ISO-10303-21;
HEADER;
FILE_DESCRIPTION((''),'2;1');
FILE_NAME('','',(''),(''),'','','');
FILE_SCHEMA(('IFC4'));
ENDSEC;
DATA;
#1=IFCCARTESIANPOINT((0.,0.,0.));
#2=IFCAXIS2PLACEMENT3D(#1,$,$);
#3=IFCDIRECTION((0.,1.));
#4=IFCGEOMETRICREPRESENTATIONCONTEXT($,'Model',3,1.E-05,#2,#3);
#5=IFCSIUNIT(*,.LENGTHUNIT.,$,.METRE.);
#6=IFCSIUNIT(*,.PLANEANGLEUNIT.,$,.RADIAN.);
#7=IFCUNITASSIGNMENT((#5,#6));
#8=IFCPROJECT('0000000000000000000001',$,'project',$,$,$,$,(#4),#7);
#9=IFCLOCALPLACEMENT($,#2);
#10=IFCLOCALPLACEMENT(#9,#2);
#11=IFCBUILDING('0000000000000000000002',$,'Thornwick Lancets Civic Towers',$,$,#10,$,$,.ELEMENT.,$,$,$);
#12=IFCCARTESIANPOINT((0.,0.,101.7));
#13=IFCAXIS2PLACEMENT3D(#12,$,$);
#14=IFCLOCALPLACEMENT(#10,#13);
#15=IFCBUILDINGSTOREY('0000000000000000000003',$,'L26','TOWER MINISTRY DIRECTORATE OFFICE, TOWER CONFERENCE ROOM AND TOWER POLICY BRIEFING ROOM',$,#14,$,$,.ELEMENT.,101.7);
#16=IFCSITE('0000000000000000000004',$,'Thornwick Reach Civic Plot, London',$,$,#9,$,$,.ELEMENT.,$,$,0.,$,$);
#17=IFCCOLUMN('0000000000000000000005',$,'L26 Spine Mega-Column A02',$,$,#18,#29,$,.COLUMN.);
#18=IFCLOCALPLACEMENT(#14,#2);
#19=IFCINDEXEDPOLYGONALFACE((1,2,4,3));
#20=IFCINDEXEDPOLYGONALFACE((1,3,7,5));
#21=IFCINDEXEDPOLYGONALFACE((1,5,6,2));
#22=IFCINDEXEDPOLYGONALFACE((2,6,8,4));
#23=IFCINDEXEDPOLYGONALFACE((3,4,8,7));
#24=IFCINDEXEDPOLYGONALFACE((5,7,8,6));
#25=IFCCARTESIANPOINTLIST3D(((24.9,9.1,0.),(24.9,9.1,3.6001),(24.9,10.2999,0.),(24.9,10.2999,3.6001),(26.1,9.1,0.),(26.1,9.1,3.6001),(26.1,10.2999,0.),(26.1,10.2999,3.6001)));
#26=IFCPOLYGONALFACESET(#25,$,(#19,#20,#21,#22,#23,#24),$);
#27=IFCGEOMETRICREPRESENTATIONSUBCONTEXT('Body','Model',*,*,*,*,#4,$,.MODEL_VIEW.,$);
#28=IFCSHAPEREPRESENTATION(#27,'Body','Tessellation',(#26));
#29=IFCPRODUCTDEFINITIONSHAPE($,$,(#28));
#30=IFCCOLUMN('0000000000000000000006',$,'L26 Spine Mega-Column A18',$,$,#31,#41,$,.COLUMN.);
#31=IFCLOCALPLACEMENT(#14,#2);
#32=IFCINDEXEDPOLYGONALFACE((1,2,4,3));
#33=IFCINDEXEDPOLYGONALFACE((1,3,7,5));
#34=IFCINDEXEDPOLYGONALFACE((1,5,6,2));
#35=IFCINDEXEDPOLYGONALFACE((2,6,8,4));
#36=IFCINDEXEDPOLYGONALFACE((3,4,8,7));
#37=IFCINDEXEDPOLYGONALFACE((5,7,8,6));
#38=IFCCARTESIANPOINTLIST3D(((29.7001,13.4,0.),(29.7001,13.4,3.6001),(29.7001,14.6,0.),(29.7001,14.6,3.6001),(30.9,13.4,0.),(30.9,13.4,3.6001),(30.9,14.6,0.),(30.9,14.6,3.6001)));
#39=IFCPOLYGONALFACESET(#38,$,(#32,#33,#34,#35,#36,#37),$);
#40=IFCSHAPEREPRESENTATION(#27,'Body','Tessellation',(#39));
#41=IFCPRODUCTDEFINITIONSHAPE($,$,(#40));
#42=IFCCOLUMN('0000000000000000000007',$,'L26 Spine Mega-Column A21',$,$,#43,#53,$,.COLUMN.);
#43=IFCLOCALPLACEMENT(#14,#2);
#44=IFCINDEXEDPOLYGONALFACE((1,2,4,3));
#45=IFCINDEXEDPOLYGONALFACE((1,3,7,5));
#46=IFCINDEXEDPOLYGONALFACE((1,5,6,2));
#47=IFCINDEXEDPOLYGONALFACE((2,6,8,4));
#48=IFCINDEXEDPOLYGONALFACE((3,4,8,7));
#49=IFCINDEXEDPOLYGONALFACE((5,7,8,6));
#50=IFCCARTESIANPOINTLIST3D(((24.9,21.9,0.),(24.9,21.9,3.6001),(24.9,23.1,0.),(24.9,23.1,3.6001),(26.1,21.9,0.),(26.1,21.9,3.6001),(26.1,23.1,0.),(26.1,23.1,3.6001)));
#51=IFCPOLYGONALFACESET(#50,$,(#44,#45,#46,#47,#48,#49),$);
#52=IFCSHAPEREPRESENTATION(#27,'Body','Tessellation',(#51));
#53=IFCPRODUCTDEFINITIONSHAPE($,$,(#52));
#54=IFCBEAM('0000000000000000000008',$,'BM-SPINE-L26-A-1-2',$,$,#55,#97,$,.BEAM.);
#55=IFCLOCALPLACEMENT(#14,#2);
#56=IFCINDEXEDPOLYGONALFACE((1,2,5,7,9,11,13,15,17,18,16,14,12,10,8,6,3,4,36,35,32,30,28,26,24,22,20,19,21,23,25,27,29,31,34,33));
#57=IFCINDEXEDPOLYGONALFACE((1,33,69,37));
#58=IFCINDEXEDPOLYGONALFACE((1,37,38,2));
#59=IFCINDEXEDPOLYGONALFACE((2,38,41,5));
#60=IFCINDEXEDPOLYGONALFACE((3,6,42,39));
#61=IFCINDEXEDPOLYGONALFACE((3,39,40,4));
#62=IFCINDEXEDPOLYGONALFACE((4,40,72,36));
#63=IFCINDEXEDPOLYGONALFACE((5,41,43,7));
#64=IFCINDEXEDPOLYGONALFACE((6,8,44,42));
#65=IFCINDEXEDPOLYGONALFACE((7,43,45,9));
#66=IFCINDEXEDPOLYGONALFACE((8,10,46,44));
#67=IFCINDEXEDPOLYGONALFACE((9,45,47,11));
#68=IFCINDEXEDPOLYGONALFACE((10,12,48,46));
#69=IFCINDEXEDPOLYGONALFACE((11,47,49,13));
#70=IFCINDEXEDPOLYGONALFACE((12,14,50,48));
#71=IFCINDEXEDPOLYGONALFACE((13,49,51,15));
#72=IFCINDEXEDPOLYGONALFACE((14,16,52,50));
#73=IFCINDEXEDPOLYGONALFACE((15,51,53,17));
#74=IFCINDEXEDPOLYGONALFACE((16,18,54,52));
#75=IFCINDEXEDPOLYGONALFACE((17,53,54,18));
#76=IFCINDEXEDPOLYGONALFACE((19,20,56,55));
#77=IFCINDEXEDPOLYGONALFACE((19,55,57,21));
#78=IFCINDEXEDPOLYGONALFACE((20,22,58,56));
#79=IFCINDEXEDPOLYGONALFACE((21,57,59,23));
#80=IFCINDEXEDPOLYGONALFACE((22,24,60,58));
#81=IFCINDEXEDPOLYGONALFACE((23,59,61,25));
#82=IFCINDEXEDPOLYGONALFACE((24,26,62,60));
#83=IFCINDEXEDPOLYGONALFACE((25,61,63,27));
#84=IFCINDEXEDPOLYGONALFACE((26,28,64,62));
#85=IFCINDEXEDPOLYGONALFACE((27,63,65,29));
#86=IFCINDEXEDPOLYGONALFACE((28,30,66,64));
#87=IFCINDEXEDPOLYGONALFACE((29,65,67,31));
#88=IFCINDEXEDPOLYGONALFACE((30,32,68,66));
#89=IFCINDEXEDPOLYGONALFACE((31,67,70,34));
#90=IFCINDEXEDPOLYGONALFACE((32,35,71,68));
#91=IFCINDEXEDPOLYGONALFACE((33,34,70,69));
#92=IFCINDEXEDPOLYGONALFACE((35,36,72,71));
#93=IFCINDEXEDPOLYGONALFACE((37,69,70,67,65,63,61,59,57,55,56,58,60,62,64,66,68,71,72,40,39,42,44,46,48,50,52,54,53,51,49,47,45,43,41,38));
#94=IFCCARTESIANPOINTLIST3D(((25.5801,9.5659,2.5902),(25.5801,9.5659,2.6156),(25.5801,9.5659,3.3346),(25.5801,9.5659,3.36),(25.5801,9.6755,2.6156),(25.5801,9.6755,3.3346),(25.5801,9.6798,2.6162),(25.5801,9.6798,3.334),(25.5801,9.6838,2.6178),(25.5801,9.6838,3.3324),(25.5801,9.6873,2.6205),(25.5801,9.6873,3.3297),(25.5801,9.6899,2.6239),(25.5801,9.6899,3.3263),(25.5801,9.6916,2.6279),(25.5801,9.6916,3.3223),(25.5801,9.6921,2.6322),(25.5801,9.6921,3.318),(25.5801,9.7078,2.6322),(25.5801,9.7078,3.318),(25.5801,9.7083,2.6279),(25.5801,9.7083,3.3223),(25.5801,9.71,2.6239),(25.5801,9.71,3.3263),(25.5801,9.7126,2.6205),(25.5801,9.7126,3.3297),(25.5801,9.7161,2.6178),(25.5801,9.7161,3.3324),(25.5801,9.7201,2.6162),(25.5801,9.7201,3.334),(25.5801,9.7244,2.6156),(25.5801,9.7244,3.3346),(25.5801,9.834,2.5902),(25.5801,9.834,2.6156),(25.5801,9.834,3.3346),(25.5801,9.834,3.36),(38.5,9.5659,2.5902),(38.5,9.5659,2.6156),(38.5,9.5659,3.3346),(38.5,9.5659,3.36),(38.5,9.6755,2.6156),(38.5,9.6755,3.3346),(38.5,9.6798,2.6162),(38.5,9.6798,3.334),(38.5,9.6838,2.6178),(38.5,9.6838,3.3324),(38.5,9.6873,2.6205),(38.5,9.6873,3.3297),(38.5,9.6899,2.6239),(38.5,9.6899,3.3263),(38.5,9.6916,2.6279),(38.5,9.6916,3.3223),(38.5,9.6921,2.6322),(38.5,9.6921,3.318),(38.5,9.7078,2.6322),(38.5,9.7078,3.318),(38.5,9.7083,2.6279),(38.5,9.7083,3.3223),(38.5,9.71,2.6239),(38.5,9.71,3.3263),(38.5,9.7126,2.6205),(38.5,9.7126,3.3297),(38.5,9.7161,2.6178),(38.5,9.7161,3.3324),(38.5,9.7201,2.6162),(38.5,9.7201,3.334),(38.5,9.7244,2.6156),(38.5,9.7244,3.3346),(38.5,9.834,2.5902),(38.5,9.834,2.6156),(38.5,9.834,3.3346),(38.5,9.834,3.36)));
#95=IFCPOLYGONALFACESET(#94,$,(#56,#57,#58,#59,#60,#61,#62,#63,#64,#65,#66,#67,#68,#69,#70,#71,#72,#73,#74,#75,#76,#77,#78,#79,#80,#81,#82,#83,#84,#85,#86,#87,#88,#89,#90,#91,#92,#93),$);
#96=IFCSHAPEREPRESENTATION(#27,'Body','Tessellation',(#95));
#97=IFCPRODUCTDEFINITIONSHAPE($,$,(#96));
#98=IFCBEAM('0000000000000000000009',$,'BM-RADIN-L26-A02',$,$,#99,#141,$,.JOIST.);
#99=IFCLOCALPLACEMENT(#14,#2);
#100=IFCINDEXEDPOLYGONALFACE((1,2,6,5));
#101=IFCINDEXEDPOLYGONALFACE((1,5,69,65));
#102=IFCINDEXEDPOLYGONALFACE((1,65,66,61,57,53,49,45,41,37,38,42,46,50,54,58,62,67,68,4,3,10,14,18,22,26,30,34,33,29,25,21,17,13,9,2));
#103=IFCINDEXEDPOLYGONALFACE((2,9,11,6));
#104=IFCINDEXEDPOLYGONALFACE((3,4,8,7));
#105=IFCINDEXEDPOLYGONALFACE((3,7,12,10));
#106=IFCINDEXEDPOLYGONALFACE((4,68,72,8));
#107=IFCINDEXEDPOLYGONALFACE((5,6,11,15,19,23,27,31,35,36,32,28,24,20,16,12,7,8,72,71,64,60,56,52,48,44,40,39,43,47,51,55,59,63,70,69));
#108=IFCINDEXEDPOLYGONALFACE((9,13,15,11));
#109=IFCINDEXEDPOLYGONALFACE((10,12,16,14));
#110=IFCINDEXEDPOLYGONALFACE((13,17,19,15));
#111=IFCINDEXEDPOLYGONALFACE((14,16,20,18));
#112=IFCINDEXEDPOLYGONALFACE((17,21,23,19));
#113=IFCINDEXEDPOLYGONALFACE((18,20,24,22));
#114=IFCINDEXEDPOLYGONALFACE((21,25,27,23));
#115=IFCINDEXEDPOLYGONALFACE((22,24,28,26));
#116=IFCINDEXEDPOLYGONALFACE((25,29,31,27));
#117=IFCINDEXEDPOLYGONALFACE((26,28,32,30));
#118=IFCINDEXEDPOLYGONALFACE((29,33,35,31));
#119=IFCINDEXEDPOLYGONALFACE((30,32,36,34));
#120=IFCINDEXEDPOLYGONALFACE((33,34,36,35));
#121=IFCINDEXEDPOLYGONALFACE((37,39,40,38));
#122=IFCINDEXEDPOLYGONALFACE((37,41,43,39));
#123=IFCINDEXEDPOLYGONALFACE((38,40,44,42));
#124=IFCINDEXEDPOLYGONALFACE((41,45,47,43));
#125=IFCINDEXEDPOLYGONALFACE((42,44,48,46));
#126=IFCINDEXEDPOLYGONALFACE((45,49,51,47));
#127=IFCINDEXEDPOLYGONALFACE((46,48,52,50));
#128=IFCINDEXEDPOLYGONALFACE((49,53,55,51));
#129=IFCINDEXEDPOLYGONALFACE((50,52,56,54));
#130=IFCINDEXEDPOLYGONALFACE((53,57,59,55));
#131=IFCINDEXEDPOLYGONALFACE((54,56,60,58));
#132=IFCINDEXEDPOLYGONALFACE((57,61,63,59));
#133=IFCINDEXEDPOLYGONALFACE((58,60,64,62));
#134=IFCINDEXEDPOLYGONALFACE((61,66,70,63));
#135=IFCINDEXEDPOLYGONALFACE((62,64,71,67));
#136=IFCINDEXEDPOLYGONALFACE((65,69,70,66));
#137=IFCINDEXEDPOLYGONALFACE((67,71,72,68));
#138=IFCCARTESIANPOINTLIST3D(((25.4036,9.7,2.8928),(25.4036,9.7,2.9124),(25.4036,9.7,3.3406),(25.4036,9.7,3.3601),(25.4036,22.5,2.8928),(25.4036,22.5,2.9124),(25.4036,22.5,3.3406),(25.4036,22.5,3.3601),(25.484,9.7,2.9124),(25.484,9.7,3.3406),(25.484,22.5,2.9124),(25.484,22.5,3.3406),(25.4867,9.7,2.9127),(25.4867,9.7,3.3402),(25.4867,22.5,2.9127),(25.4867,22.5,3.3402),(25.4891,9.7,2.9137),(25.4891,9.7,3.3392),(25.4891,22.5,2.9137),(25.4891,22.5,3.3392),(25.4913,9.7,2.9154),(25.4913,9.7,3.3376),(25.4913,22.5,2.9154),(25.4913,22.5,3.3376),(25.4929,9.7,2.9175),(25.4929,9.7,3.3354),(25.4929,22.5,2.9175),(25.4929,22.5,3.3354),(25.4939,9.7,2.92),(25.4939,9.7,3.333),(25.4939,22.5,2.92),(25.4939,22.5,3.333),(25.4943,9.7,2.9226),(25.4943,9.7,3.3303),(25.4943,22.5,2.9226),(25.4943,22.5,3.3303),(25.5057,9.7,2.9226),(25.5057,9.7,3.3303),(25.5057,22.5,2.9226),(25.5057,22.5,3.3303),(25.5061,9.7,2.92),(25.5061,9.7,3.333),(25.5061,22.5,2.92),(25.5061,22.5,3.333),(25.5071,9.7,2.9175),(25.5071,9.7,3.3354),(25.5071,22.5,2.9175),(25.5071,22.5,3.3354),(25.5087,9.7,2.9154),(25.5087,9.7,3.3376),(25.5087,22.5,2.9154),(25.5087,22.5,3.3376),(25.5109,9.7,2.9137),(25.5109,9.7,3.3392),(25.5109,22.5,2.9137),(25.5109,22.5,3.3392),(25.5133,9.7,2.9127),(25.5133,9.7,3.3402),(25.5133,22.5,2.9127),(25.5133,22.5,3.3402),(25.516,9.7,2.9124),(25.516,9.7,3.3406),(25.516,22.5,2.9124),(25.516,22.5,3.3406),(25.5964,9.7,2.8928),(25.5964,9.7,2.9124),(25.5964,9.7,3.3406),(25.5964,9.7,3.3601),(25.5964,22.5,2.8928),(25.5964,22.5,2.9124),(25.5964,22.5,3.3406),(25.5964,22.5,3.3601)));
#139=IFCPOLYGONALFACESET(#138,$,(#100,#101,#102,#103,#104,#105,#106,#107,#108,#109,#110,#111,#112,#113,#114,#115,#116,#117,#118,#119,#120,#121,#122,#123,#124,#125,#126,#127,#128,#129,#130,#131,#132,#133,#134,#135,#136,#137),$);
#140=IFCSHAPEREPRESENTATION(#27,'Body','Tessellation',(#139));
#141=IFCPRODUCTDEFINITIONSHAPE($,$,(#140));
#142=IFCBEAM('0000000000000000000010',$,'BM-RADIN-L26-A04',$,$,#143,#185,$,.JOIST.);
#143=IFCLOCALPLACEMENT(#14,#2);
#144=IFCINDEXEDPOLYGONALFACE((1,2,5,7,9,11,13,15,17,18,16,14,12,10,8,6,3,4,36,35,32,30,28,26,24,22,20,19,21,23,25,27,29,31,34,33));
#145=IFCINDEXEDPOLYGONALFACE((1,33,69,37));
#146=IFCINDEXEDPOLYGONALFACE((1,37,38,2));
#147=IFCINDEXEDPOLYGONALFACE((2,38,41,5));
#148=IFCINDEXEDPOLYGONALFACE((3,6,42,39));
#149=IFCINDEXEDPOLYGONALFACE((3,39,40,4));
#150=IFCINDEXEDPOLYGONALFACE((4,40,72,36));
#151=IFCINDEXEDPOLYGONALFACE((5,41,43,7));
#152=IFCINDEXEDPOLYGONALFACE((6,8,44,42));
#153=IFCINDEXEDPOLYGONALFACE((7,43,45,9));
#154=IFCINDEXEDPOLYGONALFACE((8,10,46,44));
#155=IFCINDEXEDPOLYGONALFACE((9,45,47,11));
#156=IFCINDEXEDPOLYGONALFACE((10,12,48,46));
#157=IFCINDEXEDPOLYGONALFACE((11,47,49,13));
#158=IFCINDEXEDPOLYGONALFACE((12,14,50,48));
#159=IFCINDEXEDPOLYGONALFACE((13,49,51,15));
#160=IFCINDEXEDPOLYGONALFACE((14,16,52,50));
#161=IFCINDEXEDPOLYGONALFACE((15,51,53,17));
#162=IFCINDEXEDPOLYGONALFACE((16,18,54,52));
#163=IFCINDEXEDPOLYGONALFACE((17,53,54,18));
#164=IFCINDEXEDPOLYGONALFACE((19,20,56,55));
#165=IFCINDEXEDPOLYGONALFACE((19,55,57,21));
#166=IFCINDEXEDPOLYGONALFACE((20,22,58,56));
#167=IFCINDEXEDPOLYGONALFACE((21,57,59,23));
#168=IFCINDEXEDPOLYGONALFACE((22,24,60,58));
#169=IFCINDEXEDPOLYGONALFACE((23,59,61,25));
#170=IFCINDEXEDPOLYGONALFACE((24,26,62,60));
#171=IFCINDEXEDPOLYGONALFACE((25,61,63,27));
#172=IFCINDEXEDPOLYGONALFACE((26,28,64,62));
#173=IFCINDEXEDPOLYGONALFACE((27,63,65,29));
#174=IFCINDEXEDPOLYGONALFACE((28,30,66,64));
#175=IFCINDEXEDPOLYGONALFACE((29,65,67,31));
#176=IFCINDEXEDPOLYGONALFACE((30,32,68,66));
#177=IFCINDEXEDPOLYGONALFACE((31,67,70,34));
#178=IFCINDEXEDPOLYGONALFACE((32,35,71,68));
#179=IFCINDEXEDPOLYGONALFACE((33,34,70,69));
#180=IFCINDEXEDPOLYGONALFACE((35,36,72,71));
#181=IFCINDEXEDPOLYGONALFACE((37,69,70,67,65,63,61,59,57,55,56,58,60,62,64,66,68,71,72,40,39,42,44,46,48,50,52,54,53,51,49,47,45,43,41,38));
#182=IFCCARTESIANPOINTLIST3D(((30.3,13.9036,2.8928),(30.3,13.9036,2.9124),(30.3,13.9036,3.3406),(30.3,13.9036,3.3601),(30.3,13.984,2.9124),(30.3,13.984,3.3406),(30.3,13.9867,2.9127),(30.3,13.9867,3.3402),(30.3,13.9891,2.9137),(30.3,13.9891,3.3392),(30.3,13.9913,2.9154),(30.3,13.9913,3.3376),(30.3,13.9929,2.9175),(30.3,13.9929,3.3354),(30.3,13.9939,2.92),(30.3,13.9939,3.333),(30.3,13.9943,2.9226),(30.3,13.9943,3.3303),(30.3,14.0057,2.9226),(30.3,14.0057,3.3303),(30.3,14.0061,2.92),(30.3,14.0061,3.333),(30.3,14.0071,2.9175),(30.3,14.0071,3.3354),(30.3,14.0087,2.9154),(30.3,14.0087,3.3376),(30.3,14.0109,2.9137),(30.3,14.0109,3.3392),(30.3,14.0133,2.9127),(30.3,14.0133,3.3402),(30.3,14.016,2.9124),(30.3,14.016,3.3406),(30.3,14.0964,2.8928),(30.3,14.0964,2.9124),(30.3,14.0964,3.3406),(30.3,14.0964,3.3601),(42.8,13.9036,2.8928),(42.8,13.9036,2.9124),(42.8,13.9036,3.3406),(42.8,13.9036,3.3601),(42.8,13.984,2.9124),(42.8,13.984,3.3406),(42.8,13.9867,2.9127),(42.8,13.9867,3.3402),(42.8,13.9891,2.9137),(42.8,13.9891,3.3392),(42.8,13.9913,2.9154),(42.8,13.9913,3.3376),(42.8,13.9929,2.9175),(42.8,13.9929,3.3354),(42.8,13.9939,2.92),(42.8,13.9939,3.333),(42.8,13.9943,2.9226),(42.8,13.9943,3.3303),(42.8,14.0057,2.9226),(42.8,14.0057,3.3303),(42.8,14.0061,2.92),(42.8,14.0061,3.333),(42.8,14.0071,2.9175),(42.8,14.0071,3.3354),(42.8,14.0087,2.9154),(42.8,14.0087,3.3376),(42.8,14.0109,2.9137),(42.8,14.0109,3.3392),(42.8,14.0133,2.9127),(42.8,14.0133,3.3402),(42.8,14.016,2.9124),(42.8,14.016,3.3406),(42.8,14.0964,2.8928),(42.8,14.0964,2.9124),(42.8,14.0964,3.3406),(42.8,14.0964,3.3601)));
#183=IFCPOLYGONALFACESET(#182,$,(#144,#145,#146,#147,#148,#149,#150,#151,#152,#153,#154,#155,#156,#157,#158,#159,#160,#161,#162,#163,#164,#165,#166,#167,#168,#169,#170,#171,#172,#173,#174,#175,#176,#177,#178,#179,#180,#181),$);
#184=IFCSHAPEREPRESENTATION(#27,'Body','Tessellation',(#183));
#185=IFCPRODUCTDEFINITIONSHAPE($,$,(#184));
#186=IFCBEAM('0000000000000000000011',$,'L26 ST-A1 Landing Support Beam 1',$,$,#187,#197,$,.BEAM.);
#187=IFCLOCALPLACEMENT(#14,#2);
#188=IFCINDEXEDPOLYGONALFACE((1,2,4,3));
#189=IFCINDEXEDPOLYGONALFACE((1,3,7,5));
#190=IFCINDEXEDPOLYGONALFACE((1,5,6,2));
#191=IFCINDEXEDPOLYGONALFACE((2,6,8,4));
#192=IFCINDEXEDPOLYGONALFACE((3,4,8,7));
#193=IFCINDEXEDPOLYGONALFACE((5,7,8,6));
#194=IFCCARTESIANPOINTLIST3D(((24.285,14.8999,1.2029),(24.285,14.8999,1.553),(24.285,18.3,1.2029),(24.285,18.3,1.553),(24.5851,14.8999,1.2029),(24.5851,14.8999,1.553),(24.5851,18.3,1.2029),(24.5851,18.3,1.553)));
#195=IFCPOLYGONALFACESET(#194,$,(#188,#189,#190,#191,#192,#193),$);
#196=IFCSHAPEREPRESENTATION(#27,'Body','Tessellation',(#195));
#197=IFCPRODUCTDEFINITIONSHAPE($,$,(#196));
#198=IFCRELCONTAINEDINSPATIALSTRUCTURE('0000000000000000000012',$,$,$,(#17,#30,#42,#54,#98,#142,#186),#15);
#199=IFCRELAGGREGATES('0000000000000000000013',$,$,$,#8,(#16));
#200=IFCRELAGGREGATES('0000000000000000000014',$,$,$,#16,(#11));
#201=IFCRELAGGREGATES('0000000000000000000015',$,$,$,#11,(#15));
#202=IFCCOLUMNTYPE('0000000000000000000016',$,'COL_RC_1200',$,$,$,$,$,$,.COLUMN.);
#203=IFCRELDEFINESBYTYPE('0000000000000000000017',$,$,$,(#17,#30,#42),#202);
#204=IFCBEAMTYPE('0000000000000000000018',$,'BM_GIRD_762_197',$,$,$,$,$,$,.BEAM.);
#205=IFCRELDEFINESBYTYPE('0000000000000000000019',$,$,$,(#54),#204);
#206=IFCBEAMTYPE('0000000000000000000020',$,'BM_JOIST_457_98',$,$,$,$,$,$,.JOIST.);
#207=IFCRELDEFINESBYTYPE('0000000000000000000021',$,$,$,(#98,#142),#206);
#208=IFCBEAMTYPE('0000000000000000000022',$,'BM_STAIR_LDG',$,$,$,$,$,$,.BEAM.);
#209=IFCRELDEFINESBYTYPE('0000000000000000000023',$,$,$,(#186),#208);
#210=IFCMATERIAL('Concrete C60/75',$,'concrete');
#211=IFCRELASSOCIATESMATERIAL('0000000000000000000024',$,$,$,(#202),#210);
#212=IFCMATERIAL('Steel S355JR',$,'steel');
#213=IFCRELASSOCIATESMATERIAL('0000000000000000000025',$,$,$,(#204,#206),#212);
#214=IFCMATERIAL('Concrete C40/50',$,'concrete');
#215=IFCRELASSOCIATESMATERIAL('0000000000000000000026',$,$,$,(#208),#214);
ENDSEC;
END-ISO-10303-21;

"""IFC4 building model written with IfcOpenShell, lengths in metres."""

from ifc_helpers import new_model, si_unit, direction, frame, origin, origin_2d, place, context, subcontext, project, spatial, rectangle, i_section, extrude, material, material_profile, profile_set, type_object, element, save


model = new_model("IFC4")

# Units and contexts
model_context = context("Model", 3, precision=1e-05, world=origin(), true_north=direction((0.0, 1.0)))
body_context = subcontext(model_context, "Body", "Model", "MODEL_VIEW")
ifc_project = project(units=[si_unit("LENGTHUNIT", "METRE"), si_unit("PLANEANGLEUNIT", "RADIAN")], contexts=[model_context])

# Site, building, storey
site_placement = place(None, origin())
site = spatial("IfcSite", under=ifc_project, at=site_placement, Name="Thornwick Reach Civic Plot, London", CompositionType="ELEMENT", RefElevation=0.0)
building_placement = place(site_placement, origin())
building = spatial("IfcBuilding", under=site, at=building_placement, Name="Thornwick Lancets Civic Towers", CompositionType="ELEMENT")
storey_placement = place(building_placement, frame((0.0, 0.0, 101.7)))
storey = spatial("IfcBuildingStorey", under=building, at=storey_placement, Name="L26", Description="TOWER MINISTRY DIRECTORATE OFFICE, TOWER CONFERENCE ROOM AND TOWER POLICY BRIEFING ROOM", CompositionType="ELEMENT", Elevation=101.7)

# Columns
ifc_material_1 = material(Name="Concrete C60/75", Category="concrete")
ifc_material_profile_1 = material_profile(ifc_material_1, rectangle(XDim=1.2, YDim=1.2, at=origin_2d()), Name="RC 1200x1200")
ifc_profile_set_1 = profile_set([ifc_material_profile_1], Name="Concrete C60/75")
column_type = type_object("IfcColumnType", Name="COL_RC_1200", PredefinedType="COLUMN", material=ifc_profile_set_1)
for number, where, z_axis, x_axis, name in (
    (1, (25.5, 9.7, 0.0), (0.0, 0.0, 1.0), (1.0, 0.0, 0.0), "L26 Spine Mega-Column A02"),
    (2, (30.3, 14.0, 0.0), (0.0, 0.0, 1.0), (1.0, 0.0, 0.0), "L26 Spine Mega-Column A18"),
    (3, (25.5, 22.5, 0.0), (0.0, 0.0, 1.0), (1.0, 0.0, 0.0), "L26 Spine Mega-Column A21"),
):
    element("IfcColumn", number, at=place(storey_placement, frame(where, z_axis=z_axis, x_axis=x_axis)), inside=storey, type_object=column_type, Name=name, PredefinedType="COLUMN", context=body_context, shape_type="SweptSolid", body=[
        extrude(rectangle(XDim=1.2, YDim=1.2, at=origin_2d()), origin(), (0.0, 0.0, 1.0), 3.6001),
    ])

# Beams
ifc_material_2 = material(Name="Steel S355JR", Category="steel")
ifc_material_profile_2 = material_profile(ifc_material_2, i_section(OverallWidth=0.2681, OverallDepth=0.7698, WebThickness=0.0156, FlangeThickness=0.0254, FilletRadius=0.0166, at=origin_2d()), Name="UKB 762x267x197")
ifc_profile_set_2 = profile_set([ifc_material_profile_2], Name="Steel S355JR")
beam_type_1 = type_object("IfcBeamType", Name="BM_GIRD_762_197", PredefinedType="BEAM", material=ifc_profile_set_2)
beam_1_placement = place(storey_placement, frame((25.5801, 9.7, 2.9751), z_axis=(1.0, 0.0, 0.0), x_axis=(0.0, 1.0, 0.0)))
element("IfcBeam", 4, at=beam_1_placement, inside=storey, type_object=beam_type_1, Name="BM-SPINE-L26-A-1-2", PredefinedType="BEAM", context=body_context, shape_type="SweptSolid", body=[
    extrude(i_section(OverallWidth=0.2681, OverallDepth=0.7698, WebThickness=0.0156, FlangeThickness=0.0254, FilletRadius=0.0166, at=origin_2d()), origin(), (0.0, 0.0, 1.0), 12.9199),
])
ifc_material_profile_3 = material_profile(ifc_material_2, i_section(OverallWidth=0.1929, OverallDepth=0.4673, WebThickness=0.0115, FlangeThickness=0.0195, FilletRadius=0.0103, at=origin_2d()), Name="UKB 457x191x98")
ifc_profile_set_3 = profile_set([ifc_material_profile_3], Name="Steel S355JR")
beam_type_2 = type_object("IfcBeamType", Name="BM_JOIST_457_98", PredefinedType="JOIST", material=ifc_profile_set_3)
beam_2_placement = place(storey_placement, frame((25.5, 22.5, 3.1265), z_axis=(0.0, -1.0, 0.0), x_axis=(1.0, 0.0, 0.0)))
element("IfcBeam", 5, at=beam_2_placement, inside=storey, type_object=beam_type_2, Name="BM-RADIN-L26-A02", PredefinedType="JOIST", context=body_context, shape_type="SweptSolid", body=[
    extrude(i_section(OverallWidth=0.1929, OverallDepth=0.4673, WebThickness=0.0115, FlangeThickness=0.0195, FilletRadius=0.0103, at=origin_2d()), origin(), (0.0, 0.0, 1.0), 12.8),
])
beam_3_placement = place(storey_placement, frame((30.3, 14.0, 3.1265), z_axis=(1.0, 0.0, 0.0), x_axis=(0.0, 1.0, 0.0)))
element("IfcBeam", 6, at=beam_3_placement, inside=storey, type_object=beam_type_2, Name="BM-RADIN-L26-A04", PredefinedType="JOIST", context=body_context, shape_type="SweptSolid", body=[
    extrude(i_section(OverallWidth=0.1929, OverallDepth=0.4673, WebThickness=0.0115, FlangeThickness=0.0195, FilletRadius=0.0103, at=origin_2d()), origin(), (0.0, 0.0, 1.0), 12.5),
])
ifc_material_3 = material(Name="Concrete C40/50", Category="concrete")
ifc_material_profile_4 = material_profile(ifc_material_3, rectangle(XDim=0.3, YDim=0.3501, at=origin_2d()), Name="RC 300x350")
ifc_profile_set_4 = profile_set([ifc_material_profile_4], Name="Concrete C40/50")
beam_type_3 = type_object("IfcBeamType", Name="BM_STAIR_LDG", PredefinedType="BEAM", material=ifc_profile_set_4)
beam_4_placement = place(storey_placement, frame((24.4351, 14.8999, 1.3779), z_axis=(0.0, 1.0, 0.0), x_axis=(-1.0, 0.0, 0.0)))
element("IfcBeam", 7, at=beam_4_placement, inside=storey, type_object=beam_type_3, Name="L26 ST-A1 Landing Support Beam 1", PredefinedType="BEAM", context=body_context, shape_type="SweptSolid", body=[
    extrude(rectangle(XDim=0.3, YDim=0.3501, at=origin_2d()), origin(), (0.0, 0.0, 1.0), 3.4001),
])

save(model, "model.ifc")
